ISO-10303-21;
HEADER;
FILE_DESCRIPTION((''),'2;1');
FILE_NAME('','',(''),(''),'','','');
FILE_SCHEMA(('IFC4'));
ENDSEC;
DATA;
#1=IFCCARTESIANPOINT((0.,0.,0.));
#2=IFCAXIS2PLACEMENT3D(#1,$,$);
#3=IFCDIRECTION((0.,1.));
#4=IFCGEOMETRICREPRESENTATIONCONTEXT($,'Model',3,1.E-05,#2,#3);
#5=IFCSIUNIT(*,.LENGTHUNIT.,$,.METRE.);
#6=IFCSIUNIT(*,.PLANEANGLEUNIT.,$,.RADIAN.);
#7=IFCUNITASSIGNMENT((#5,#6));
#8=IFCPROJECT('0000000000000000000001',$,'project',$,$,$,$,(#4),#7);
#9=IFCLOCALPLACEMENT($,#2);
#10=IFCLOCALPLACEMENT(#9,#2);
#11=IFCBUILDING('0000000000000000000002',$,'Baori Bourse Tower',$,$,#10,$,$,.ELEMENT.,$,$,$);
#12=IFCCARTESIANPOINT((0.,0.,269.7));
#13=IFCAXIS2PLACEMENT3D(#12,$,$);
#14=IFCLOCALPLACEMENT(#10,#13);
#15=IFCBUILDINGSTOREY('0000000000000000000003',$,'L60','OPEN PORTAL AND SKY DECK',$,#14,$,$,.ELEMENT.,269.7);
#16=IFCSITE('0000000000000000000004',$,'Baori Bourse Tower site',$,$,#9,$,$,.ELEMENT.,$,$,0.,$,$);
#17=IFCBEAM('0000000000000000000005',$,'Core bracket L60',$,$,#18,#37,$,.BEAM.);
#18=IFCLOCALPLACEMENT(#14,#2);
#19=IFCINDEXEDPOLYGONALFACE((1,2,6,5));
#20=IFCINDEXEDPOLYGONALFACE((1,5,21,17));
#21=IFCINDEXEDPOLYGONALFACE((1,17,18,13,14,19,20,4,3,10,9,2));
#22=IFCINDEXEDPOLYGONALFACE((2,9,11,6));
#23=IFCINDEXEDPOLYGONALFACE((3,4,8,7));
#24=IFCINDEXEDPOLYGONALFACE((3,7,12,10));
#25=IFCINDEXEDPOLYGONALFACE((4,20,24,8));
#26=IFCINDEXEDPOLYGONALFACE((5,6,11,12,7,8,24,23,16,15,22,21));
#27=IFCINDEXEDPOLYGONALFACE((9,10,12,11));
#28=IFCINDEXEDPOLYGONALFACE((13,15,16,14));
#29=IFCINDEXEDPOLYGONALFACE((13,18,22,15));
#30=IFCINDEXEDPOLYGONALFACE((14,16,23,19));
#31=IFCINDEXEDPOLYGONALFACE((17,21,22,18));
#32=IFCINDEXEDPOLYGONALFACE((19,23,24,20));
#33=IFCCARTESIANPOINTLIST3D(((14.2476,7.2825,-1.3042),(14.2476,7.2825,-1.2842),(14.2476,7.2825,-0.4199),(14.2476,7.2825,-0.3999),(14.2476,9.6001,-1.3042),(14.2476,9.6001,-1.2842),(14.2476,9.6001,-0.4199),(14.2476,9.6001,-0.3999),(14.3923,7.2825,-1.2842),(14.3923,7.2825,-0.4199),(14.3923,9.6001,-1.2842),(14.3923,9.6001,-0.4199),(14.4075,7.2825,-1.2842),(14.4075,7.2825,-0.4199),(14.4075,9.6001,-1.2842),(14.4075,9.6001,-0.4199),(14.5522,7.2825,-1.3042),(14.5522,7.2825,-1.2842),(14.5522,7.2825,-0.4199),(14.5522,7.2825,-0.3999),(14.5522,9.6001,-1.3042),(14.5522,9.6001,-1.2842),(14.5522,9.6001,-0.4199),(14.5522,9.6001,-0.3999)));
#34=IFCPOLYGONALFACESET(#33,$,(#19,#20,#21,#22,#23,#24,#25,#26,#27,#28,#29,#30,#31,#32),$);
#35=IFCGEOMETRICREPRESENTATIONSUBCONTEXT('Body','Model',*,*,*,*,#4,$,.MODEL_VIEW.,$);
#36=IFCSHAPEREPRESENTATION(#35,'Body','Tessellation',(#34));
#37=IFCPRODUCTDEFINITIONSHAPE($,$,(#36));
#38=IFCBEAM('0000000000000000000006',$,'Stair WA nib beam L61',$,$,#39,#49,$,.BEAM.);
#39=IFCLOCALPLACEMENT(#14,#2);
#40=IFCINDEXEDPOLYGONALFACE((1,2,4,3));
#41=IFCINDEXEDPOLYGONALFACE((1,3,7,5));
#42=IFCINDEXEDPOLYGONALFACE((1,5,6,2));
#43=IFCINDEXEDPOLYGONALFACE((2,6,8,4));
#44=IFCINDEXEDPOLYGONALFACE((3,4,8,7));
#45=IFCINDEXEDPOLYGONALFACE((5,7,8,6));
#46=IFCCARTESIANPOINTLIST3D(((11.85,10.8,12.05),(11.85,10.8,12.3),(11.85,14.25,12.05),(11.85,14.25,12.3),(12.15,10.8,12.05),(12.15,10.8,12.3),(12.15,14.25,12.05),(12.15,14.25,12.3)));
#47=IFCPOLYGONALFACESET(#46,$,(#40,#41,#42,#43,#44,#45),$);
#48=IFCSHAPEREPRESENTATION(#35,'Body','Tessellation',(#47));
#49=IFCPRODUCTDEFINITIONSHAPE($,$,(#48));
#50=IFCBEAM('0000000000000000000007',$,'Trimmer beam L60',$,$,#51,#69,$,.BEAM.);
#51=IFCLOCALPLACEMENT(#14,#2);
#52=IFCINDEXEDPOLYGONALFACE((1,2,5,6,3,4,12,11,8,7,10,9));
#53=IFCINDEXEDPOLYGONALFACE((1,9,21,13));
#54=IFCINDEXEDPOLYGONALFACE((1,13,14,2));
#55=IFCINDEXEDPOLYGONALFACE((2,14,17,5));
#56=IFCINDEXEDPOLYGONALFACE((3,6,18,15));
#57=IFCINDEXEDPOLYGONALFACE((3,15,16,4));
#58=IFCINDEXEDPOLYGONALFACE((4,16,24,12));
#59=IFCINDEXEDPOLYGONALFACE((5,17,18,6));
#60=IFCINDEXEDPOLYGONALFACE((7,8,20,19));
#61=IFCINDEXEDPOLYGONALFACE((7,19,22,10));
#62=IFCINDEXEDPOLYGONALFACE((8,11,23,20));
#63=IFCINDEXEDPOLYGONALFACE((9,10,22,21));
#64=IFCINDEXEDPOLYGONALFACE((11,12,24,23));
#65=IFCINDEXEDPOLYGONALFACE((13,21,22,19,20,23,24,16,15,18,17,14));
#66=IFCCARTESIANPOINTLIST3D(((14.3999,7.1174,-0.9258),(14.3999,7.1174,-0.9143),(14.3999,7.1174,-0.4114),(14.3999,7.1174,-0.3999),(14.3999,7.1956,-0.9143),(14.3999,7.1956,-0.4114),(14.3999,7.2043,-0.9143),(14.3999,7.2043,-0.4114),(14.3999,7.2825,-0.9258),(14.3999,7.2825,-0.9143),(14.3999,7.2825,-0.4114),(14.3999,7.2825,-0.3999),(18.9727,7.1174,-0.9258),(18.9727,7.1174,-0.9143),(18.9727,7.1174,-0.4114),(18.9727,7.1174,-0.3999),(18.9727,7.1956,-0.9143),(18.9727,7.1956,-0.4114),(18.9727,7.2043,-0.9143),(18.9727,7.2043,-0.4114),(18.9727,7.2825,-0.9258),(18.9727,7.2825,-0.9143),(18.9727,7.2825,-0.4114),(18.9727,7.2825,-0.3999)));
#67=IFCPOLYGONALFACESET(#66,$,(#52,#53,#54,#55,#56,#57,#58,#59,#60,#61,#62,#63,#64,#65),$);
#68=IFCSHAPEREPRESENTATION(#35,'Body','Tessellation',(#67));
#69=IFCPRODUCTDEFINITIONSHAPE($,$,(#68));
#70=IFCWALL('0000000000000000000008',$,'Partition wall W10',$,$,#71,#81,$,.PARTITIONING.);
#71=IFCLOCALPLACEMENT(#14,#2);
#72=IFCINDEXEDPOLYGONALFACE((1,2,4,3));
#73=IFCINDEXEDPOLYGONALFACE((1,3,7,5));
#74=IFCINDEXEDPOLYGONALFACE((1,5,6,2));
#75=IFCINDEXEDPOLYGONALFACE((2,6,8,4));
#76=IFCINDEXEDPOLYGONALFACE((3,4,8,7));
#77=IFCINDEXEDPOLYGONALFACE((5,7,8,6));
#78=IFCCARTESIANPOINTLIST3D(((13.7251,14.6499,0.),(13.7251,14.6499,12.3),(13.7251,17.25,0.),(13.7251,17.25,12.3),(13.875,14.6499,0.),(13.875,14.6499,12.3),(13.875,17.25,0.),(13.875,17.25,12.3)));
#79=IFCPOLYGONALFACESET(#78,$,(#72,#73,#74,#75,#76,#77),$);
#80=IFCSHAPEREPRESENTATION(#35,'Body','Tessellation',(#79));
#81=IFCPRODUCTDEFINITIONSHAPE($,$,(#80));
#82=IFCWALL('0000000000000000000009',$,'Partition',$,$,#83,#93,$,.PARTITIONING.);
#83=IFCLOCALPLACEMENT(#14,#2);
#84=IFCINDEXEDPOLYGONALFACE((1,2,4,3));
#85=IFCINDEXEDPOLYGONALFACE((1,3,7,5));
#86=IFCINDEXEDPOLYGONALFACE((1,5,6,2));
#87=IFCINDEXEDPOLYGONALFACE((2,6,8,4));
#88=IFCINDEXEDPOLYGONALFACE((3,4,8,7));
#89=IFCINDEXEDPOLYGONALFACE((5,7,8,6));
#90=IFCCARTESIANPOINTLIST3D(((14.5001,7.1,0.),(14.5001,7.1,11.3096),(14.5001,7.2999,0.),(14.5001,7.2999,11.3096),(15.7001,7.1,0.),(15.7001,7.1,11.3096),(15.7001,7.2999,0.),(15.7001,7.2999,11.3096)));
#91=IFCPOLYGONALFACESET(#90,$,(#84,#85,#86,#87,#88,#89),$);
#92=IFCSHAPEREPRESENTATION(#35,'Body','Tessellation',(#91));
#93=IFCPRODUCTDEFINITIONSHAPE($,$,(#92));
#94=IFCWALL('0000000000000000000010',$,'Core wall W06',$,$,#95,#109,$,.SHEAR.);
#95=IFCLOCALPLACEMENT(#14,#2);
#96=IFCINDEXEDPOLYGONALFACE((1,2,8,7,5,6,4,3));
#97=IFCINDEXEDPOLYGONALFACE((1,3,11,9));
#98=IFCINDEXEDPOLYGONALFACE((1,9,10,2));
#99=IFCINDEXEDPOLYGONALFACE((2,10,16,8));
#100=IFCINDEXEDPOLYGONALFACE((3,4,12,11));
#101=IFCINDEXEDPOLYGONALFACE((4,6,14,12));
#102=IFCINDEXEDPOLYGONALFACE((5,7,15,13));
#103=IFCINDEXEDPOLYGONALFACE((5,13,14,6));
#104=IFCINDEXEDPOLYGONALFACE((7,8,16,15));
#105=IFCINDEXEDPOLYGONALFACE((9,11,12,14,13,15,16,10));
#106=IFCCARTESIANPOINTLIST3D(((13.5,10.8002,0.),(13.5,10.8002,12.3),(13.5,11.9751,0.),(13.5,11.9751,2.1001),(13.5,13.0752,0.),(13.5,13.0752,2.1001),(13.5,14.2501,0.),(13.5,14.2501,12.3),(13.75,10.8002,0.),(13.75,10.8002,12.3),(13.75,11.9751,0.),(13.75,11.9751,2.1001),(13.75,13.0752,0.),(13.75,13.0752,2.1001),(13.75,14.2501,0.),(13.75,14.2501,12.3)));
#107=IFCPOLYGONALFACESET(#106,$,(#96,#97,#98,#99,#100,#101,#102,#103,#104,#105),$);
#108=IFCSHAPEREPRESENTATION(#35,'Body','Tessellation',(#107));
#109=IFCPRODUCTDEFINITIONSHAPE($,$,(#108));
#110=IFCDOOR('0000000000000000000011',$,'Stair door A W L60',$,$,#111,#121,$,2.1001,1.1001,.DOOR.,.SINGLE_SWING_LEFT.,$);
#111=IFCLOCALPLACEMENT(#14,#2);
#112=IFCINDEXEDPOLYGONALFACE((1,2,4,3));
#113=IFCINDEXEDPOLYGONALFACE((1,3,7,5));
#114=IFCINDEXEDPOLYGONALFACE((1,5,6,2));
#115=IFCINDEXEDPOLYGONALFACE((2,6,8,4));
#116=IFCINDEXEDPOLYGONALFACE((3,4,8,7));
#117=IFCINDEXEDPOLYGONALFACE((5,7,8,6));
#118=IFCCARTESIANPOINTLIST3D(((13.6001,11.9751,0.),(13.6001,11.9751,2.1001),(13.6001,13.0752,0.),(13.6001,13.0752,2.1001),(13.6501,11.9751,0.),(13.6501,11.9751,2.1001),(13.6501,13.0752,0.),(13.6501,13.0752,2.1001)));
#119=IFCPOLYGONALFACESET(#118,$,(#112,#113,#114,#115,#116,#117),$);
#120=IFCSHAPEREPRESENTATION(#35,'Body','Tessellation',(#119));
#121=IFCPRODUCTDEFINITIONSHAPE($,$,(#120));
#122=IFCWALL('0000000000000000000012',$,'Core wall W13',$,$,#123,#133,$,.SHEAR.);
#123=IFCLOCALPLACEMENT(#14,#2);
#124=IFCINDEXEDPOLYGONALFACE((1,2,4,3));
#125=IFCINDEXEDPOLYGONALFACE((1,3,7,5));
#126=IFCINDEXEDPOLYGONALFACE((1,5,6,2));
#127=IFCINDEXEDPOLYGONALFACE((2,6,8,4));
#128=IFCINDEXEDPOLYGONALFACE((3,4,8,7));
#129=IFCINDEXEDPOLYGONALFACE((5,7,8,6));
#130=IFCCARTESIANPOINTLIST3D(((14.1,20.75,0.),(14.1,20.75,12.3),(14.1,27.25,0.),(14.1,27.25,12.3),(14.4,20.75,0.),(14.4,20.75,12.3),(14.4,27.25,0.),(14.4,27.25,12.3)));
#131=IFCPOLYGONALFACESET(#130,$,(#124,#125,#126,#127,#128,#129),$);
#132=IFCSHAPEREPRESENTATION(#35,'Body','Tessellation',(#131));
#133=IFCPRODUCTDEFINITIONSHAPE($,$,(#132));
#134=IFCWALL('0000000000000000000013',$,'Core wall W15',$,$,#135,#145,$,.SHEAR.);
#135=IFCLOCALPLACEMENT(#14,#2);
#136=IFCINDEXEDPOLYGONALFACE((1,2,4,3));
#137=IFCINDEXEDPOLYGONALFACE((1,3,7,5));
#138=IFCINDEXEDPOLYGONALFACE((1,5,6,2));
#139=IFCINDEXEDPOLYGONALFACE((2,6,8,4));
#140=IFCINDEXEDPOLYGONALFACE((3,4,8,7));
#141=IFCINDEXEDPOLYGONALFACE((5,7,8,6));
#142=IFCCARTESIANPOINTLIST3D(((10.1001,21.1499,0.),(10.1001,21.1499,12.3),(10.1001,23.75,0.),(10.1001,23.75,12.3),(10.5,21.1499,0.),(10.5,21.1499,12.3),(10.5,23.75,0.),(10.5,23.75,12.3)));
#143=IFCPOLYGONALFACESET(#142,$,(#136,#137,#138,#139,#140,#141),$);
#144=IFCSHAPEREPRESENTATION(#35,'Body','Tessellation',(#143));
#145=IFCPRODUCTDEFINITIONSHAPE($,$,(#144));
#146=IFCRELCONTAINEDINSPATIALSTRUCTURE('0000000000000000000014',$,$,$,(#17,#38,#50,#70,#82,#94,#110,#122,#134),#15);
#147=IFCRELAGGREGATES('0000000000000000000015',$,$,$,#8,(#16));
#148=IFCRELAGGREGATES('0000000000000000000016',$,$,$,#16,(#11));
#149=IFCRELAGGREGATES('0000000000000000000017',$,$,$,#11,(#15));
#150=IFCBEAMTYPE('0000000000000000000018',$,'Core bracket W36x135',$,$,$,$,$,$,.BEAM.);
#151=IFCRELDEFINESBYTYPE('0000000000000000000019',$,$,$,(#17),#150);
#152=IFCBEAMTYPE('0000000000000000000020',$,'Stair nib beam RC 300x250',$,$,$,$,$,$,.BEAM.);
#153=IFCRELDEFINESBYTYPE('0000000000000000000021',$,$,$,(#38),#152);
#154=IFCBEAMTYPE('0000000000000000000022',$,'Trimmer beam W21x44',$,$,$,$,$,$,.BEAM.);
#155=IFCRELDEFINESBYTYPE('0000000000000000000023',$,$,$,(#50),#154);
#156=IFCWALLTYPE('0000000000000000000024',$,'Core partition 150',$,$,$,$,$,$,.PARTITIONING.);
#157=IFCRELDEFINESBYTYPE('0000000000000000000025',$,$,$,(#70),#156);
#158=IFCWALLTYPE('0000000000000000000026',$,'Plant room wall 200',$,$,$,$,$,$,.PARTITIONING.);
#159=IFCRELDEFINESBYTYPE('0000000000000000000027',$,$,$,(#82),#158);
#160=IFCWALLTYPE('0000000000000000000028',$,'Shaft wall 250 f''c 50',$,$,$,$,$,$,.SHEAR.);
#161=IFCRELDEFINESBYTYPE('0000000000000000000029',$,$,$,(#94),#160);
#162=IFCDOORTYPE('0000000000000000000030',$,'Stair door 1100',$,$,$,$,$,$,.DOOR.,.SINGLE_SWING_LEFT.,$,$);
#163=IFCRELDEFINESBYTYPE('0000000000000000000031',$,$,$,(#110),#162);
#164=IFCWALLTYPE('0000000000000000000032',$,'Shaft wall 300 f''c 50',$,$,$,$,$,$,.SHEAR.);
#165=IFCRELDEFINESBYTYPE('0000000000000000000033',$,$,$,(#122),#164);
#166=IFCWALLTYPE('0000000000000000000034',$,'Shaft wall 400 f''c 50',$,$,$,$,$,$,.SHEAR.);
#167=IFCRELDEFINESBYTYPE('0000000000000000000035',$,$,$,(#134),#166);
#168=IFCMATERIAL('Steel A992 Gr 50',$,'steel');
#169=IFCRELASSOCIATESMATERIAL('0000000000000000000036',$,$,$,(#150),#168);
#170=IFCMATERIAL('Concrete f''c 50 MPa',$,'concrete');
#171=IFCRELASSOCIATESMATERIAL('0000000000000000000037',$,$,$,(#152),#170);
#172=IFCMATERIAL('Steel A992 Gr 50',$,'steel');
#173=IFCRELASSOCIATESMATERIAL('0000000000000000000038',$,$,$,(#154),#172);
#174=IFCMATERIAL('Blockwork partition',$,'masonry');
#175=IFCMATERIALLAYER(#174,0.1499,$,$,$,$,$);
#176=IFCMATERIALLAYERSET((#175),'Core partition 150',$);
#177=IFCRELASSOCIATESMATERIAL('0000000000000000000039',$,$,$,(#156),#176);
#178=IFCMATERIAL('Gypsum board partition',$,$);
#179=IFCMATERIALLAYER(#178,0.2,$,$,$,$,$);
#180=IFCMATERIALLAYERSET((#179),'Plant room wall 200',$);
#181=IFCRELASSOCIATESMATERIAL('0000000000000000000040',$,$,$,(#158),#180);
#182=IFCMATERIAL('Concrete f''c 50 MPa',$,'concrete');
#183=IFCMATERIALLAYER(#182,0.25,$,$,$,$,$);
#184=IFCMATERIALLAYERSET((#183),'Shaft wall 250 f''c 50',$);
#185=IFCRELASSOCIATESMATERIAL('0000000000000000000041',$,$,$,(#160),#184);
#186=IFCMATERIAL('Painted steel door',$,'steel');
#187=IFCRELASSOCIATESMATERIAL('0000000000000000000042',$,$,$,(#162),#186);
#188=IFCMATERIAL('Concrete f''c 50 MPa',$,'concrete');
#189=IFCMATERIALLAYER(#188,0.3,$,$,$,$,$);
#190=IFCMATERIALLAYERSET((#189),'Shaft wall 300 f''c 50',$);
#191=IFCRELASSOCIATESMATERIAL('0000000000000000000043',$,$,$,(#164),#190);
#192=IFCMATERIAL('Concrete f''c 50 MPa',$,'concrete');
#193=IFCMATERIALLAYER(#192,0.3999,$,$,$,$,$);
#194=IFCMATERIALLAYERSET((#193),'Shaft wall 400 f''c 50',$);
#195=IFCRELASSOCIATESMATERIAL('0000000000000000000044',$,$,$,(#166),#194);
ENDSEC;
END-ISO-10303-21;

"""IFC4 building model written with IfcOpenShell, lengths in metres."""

from ifc_helpers import new_model, si_unit, direction, frame, frame_2d, origin, origin_2d, place, context, subcontext, project, spatial, rectangle, i_section, extrude, material, layer, layer_set, material_profile, profile_set, type_object, element, fill, save


model = new_model("IFC4")

# Units and contexts
model_context = context("Model", 3, precision=1e-05, world=origin(), true_north=direction((0.0, 1.0)))
body_context = subcontext(model_context, "Body", "Model", "MODEL_VIEW")
ifc_project = project(units=[si_unit("LENGTHUNIT", "METRE"), si_unit("PLANEANGLEUNIT", "RADIAN")], contexts=[model_context])

# Site, building, storey
site_placement = place(None, origin())
site = spatial("IfcSite", under=ifc_project, at=site_placement, Name="Baori Bourse Tower site", CompositionType="ELEMENT", RefElevation=0.0)
building_placement = place(site_placement, origin())
building = spatial("IfcBuilding", under=site, at=building_placement, Name="Baori Bourse Tower", CompositionType="ELEMENT")
storey_placement = place(building_placement, frame((0.0, 0.0, 269.7)))
storey = spatial("IfcBuildingStorey", under=building, at=storey_placement, Name="L60", Description="OPEN PORTAL AND SKY DECK", CompositionType="ELEMENT", Elevation=269.7)

# Beams
ifc_material_1 = material(Name="Steel A992 Gr 50", Category="steel")
ifc_material_profile_1 = material_profile(ifc_material_1, i_section(OverallWidth=0.3047, OverallDepth=0.9043, WebThickness=0.0151, FlangeThickness=0.02, at=origin_2d()), Name="W36x135")
ifc_profile_set_1 = profile_set([ifc_material_profile_1], Name="Steel A992 Gr 50")
beam_type_1 = type_object("IfcBeamType", Name="Core bracket W36x135", PredefinedType="BEAM", material=ifc_profile_set_1)
beam_1_placement = place(storey_placement, frame((14.3999, 7.2825, -0.8521), z_axis=(0.0, 1.0, 0.0), x_axis=(-1.0, 0.0, 0.0)))
element("IfcBeam", 1, at=beam_1_placement, inside=storey, type_object=beam_type_1, Name="Core bracket L60", PredefinedType="BEAM", context=body_context, shape_type="SweptSolid", body=[
    extrude(i_section(OverallWidth=0.3047, OverallDepth=0.9043, WebThickness=0.0151, FlangeThickness=0.02, at=origin_2d()), origin(), (0.0, 0.0, 1.0), 2.3176),
])
ifc_material_2 = material(Name="Concrete f'c 50 MPa", Category="concrete")
ifc_material_profile_2 = material_profile(ifc_material_2, rectangle(XDim=0.3, YDim=0.25, at=origin_2d()), Name="RC 300x250")
ifc_profile_set_2 = profile_set([ifc_material_profile_2], Name="Concrete f'c 50 MPa")
beam_type_2 = type_object("IfcBeamType", Name="Stair nib beam RC 300x250", PredefinedType="BEAM", material=ifc_profile_set_2)
beam_2_placement = place(storey_placement, frame((12.0, 10.8, 12.175), z_axis=(0.0, 1.0, 0.0), x_axis=(-1.0, 0.0, 0.0)))
element("IfcBeam", 2, at=beam_2_placement, inside=storey, type_object=beam_type_2, Name="Stair WA nib beam L61", PredefinedType="BEAM", context=body_context, shape_type="SweptSolid", body=[
    extrude(rectangle(XDim=0.3, YDim=0.25, at=origin_2d()), origin(), (0.0, 0.0, 1.0), 3.45),
])
ifc_material_3 = material(Name="Steel A992 Gr 50", Category="steel")
ifc_material_profile_3 = material_profile(ifc_material_3, i_section(OverallWidth=0.165, OverallDepth=0.5259, WebThickness=0.0088, FlangeThickness=0.0115, at=origin_2d()), Name="W21x44")
ifc_profile_set_3 = profile_set([ifc_material_profile_3], Name="Steel A992 Gr 50")
beam_type_3 = type_object("IfcBeamType", Name="Trimmer beam W21x44", PredefinedType="BEAM", material=ifc_profile_set_3)
beam_3_placement = place(storey_placement, frame((14.3999, 7.2, -0.6628), z_axis=(1.0, 0.0, 0.0), x_axis=(0.0, 1.0, 0.0)))
element("IfcBeam", 3, at=beam_3_placement, inside=storey, type_object=beam_type_3, Name="Trimmer beam L60", PredefinedType="BEAM", context=body_context, shape_type="SweptSolid", body=[
    extrude(i_section(OverallWidth=0.165, OverallDepth=0.5259, WebThickness=0.0088, FlangeThickness=0.0115, at=origin_2d()), origin(), (0.0, 0.0, 1.0), 4.5728),
])

# Walls
ifc_material_4 = material(Name="Blockwork partition", Category="masonry")
ifc_layer_1 = layer(ifc_material_4, 0.1499)
ifc_layer_set_1 = layer_set([ifc_layer_1], Name="Core partition 150")
wall_type_1 = type_object("IfcWallType", Name="Core partition 150", PredefinedType="PARTITIONING", material=ifc_layer_set_1)
wall_1_placement = place(storey_placement, frame((13.8, 14.6499, 0.0), z_axis=(0.0, 0.0, 1.0), x_axis=(0.0, 1.0, 0.0)))
element("IfcWall", 4, at=wall_1_placement, inside=storey, type_object=wall_type_1, Name="Partition wall W10", PredefinedType="PARTITIONING", context=body_context, shape_type="SweptSolid", body=[
    extrude(rectangle(XDim=2.6001, YDim=0.1499, at=frame_2d((1.3, 0.0))), origin(), (0.0, 0.0, 1.0), 12.3),
])
ifc_material_5 = material(Name="Gypsum board partition")
ifc_layer_2 = layer(ifc_material_5, 0.2)
ifc_layer_set_2 = layer_set([ifc_layer_2], Name="Plant room wall 200")
wall_type_2 = type_object("IfcWallType", Name="Plant room wall 200", PredefinedType="PARTITIONING", material=ifc_layer_set_2)
wall_2_placement = place(storey_placement, frame((14.5, 7.2, 0.0), z_axis=(0.0, 0.0, 1.0), x_axis=(1.0, 0.0, 0.0)))
element("IfcWall", 5, at=wall_2_placement, inside=storey, type_object=wall_type_2, Name="Partition", PredefinedType="PARTITIONING", context=body_context, shape_type="SweptSolid", body=[
    extrude(rectangle(XDim=1.2, YDim=0.2, at=frame_2d((0.6001, 0.0))), origin(), (0.0, 0.0, 1.0), 11.3096),
])

# Wall, opening, door
ifc_material_6 = material(Name="Concrete f'c 50 MPa", Category="concrete")
ifc_layer_3 = layer(ifc_material_6, 0.25)
ifc_layer_set_3 = layer_set([ifc_layer_3], Name="Shaft wall 250 f'c 50")
wall_type_3 = type_object("IfcWallType", Name="Shaft wall 250 f'c 50", PredefinedType="SHEAR", material=ifc_layer_set_3)
wall_3_placement = place(storey_placement, frame((13.625, 10.8, 0.0), z_axis=(0.0, 0.0, 1.0), x_axis=(0.0, 1.0, 0.0)))
wall_3 = element("IfcWall", 6, at=wall_3_placement, inside=storey, type_object=wall_type_3, Name="Core wall W06", PredefinedType="SHEAR", context=body_context, shape_type="SweptSolid", body=[
    extrude(rectangle(XDim=3.45, YDim=0.25, at=frame_2d((1.7251, 0.0))), origin(), (0.0, 0.0, 1.0), 12.3),
])
opening_placement = place(wall_3_placement, frame((1.175, 0.0, 0.0)))
opening = element("IfcOpeningElement", 7, at=opening_placement, cuts=wall_3, PredefinedType="OPENING", context=body_context, shape_type="SweptSolid", body=[
    extrude(rectangle(XDim=1.1001, YDim=2.1001, at=frame_2d((0.55, 1.05))), frame((0.0, 0.135, 0.0), z_axis=(0.0, -1.0, 0.0), x_axis=(1.0, 0.0, 0.0)), (0.0, 0.0, 1.0), 0.27),
])
ifc_material_7 = material(Name="Painted steel door", Category="steel")
door_type = type_object("IfcDoorType", Name="Stair door 1100", OperationType="SINGLE_SWING_LEFT", PredefinedType="DOOR", material=ifc_material_7)
door_placement = place(opening_placement, origin())
door = element("IfcDoor", 8, at=door_placement, inside=storey, type_object=door_type, Name="Stair door A W L60", OperationType="SINGLE_SWING_LEFT", OverallHeight=2.1001, OverallWidth=1.1001, PredefinedType="DOOR", context=body_context, shape_type="SweptSolid", body=[
    extrude(rectangle(XDim=1.1001, YDim=2.1001, at=frame_2d((0.55, 1.05))), frame((0.0, 0.0249, 0.0), z_axis=(0.0, -1.0, 0.0), x_axis=(1.0, 0.0, 0.0)), (0.0, 0.0, 1.0), 0.05),
])
fill(opening, door)

# Walls
ifc_material_8 = material(Name="Concrete f'c 50 MPa", Category="concrete")
ifc_layer_4 = layer(ifc_material_8, 0.3)
ifc_layer_set_4 = layer_set([ifc_layer_4], Name="Shaft wall 300 f'c 50")
wall_type_4 = type_object("IfcWallType", Name="Shaft wall 300 f'c 50", PredefinedType="SHEAR", material=ifc_layer_set_4)
wall_4_placement = place(storey_placement, frame((14.25, 20.75, 0.0), z_axis=(0.0, 0.0, 1.0), x_axis=(0.0, 1.0, 0.0)))
element("IfcWall", 9, at=wall_4_placement, inside=storey, type_object=wall_type_4, Name="Core wall W13", PredefinedType="SHEAR", context=body_context, shape_type="SweptSolid", body=[
    extrude(rectangle(XDim=6.5, YDim=0.3, at=frame_2d((3.25, 0.0))), origin(), (0.0, 0.0, 1.0), 12.3),
])
ifc_material_9 = material(Name="Concrete f'c 50 MPa", Category="concrete")
ifc_layer_5 = layer(ifc_material_9, 0.3999)
ifc_layer_set_5 = layer_set([ifc_layer_5], Name="Shaft wall 400 f'c 50")
wall_type_5 = type_object("IfcWallType", Name="Shaft wall 400 f'c 50", PredefinedType="SHEAR", material=ifc_layer_set_5)
wall_5_placement = place(storey_placement, frame((10.3, 21.1499, 0.0), z_axis=(0.0, 0.0, 1.0), x_axis=(0.0, 1.0, 0.0)))
element("IfcWall", 10, at=wall_5_placement, inside=storey, type_object=wall_type_5, Name="Core wall W15", PredefinedType="SHEAR", context=body_context, shape_type="SweptSolid", body=[
    extrude(rectangle(XDim=2.6001, YDim=0.3999, at=frame_2d((1.3, 0.0))), origin(), (0.0, 0.0, 1.0), 12.3),
])

save(model, "model.ifc")
